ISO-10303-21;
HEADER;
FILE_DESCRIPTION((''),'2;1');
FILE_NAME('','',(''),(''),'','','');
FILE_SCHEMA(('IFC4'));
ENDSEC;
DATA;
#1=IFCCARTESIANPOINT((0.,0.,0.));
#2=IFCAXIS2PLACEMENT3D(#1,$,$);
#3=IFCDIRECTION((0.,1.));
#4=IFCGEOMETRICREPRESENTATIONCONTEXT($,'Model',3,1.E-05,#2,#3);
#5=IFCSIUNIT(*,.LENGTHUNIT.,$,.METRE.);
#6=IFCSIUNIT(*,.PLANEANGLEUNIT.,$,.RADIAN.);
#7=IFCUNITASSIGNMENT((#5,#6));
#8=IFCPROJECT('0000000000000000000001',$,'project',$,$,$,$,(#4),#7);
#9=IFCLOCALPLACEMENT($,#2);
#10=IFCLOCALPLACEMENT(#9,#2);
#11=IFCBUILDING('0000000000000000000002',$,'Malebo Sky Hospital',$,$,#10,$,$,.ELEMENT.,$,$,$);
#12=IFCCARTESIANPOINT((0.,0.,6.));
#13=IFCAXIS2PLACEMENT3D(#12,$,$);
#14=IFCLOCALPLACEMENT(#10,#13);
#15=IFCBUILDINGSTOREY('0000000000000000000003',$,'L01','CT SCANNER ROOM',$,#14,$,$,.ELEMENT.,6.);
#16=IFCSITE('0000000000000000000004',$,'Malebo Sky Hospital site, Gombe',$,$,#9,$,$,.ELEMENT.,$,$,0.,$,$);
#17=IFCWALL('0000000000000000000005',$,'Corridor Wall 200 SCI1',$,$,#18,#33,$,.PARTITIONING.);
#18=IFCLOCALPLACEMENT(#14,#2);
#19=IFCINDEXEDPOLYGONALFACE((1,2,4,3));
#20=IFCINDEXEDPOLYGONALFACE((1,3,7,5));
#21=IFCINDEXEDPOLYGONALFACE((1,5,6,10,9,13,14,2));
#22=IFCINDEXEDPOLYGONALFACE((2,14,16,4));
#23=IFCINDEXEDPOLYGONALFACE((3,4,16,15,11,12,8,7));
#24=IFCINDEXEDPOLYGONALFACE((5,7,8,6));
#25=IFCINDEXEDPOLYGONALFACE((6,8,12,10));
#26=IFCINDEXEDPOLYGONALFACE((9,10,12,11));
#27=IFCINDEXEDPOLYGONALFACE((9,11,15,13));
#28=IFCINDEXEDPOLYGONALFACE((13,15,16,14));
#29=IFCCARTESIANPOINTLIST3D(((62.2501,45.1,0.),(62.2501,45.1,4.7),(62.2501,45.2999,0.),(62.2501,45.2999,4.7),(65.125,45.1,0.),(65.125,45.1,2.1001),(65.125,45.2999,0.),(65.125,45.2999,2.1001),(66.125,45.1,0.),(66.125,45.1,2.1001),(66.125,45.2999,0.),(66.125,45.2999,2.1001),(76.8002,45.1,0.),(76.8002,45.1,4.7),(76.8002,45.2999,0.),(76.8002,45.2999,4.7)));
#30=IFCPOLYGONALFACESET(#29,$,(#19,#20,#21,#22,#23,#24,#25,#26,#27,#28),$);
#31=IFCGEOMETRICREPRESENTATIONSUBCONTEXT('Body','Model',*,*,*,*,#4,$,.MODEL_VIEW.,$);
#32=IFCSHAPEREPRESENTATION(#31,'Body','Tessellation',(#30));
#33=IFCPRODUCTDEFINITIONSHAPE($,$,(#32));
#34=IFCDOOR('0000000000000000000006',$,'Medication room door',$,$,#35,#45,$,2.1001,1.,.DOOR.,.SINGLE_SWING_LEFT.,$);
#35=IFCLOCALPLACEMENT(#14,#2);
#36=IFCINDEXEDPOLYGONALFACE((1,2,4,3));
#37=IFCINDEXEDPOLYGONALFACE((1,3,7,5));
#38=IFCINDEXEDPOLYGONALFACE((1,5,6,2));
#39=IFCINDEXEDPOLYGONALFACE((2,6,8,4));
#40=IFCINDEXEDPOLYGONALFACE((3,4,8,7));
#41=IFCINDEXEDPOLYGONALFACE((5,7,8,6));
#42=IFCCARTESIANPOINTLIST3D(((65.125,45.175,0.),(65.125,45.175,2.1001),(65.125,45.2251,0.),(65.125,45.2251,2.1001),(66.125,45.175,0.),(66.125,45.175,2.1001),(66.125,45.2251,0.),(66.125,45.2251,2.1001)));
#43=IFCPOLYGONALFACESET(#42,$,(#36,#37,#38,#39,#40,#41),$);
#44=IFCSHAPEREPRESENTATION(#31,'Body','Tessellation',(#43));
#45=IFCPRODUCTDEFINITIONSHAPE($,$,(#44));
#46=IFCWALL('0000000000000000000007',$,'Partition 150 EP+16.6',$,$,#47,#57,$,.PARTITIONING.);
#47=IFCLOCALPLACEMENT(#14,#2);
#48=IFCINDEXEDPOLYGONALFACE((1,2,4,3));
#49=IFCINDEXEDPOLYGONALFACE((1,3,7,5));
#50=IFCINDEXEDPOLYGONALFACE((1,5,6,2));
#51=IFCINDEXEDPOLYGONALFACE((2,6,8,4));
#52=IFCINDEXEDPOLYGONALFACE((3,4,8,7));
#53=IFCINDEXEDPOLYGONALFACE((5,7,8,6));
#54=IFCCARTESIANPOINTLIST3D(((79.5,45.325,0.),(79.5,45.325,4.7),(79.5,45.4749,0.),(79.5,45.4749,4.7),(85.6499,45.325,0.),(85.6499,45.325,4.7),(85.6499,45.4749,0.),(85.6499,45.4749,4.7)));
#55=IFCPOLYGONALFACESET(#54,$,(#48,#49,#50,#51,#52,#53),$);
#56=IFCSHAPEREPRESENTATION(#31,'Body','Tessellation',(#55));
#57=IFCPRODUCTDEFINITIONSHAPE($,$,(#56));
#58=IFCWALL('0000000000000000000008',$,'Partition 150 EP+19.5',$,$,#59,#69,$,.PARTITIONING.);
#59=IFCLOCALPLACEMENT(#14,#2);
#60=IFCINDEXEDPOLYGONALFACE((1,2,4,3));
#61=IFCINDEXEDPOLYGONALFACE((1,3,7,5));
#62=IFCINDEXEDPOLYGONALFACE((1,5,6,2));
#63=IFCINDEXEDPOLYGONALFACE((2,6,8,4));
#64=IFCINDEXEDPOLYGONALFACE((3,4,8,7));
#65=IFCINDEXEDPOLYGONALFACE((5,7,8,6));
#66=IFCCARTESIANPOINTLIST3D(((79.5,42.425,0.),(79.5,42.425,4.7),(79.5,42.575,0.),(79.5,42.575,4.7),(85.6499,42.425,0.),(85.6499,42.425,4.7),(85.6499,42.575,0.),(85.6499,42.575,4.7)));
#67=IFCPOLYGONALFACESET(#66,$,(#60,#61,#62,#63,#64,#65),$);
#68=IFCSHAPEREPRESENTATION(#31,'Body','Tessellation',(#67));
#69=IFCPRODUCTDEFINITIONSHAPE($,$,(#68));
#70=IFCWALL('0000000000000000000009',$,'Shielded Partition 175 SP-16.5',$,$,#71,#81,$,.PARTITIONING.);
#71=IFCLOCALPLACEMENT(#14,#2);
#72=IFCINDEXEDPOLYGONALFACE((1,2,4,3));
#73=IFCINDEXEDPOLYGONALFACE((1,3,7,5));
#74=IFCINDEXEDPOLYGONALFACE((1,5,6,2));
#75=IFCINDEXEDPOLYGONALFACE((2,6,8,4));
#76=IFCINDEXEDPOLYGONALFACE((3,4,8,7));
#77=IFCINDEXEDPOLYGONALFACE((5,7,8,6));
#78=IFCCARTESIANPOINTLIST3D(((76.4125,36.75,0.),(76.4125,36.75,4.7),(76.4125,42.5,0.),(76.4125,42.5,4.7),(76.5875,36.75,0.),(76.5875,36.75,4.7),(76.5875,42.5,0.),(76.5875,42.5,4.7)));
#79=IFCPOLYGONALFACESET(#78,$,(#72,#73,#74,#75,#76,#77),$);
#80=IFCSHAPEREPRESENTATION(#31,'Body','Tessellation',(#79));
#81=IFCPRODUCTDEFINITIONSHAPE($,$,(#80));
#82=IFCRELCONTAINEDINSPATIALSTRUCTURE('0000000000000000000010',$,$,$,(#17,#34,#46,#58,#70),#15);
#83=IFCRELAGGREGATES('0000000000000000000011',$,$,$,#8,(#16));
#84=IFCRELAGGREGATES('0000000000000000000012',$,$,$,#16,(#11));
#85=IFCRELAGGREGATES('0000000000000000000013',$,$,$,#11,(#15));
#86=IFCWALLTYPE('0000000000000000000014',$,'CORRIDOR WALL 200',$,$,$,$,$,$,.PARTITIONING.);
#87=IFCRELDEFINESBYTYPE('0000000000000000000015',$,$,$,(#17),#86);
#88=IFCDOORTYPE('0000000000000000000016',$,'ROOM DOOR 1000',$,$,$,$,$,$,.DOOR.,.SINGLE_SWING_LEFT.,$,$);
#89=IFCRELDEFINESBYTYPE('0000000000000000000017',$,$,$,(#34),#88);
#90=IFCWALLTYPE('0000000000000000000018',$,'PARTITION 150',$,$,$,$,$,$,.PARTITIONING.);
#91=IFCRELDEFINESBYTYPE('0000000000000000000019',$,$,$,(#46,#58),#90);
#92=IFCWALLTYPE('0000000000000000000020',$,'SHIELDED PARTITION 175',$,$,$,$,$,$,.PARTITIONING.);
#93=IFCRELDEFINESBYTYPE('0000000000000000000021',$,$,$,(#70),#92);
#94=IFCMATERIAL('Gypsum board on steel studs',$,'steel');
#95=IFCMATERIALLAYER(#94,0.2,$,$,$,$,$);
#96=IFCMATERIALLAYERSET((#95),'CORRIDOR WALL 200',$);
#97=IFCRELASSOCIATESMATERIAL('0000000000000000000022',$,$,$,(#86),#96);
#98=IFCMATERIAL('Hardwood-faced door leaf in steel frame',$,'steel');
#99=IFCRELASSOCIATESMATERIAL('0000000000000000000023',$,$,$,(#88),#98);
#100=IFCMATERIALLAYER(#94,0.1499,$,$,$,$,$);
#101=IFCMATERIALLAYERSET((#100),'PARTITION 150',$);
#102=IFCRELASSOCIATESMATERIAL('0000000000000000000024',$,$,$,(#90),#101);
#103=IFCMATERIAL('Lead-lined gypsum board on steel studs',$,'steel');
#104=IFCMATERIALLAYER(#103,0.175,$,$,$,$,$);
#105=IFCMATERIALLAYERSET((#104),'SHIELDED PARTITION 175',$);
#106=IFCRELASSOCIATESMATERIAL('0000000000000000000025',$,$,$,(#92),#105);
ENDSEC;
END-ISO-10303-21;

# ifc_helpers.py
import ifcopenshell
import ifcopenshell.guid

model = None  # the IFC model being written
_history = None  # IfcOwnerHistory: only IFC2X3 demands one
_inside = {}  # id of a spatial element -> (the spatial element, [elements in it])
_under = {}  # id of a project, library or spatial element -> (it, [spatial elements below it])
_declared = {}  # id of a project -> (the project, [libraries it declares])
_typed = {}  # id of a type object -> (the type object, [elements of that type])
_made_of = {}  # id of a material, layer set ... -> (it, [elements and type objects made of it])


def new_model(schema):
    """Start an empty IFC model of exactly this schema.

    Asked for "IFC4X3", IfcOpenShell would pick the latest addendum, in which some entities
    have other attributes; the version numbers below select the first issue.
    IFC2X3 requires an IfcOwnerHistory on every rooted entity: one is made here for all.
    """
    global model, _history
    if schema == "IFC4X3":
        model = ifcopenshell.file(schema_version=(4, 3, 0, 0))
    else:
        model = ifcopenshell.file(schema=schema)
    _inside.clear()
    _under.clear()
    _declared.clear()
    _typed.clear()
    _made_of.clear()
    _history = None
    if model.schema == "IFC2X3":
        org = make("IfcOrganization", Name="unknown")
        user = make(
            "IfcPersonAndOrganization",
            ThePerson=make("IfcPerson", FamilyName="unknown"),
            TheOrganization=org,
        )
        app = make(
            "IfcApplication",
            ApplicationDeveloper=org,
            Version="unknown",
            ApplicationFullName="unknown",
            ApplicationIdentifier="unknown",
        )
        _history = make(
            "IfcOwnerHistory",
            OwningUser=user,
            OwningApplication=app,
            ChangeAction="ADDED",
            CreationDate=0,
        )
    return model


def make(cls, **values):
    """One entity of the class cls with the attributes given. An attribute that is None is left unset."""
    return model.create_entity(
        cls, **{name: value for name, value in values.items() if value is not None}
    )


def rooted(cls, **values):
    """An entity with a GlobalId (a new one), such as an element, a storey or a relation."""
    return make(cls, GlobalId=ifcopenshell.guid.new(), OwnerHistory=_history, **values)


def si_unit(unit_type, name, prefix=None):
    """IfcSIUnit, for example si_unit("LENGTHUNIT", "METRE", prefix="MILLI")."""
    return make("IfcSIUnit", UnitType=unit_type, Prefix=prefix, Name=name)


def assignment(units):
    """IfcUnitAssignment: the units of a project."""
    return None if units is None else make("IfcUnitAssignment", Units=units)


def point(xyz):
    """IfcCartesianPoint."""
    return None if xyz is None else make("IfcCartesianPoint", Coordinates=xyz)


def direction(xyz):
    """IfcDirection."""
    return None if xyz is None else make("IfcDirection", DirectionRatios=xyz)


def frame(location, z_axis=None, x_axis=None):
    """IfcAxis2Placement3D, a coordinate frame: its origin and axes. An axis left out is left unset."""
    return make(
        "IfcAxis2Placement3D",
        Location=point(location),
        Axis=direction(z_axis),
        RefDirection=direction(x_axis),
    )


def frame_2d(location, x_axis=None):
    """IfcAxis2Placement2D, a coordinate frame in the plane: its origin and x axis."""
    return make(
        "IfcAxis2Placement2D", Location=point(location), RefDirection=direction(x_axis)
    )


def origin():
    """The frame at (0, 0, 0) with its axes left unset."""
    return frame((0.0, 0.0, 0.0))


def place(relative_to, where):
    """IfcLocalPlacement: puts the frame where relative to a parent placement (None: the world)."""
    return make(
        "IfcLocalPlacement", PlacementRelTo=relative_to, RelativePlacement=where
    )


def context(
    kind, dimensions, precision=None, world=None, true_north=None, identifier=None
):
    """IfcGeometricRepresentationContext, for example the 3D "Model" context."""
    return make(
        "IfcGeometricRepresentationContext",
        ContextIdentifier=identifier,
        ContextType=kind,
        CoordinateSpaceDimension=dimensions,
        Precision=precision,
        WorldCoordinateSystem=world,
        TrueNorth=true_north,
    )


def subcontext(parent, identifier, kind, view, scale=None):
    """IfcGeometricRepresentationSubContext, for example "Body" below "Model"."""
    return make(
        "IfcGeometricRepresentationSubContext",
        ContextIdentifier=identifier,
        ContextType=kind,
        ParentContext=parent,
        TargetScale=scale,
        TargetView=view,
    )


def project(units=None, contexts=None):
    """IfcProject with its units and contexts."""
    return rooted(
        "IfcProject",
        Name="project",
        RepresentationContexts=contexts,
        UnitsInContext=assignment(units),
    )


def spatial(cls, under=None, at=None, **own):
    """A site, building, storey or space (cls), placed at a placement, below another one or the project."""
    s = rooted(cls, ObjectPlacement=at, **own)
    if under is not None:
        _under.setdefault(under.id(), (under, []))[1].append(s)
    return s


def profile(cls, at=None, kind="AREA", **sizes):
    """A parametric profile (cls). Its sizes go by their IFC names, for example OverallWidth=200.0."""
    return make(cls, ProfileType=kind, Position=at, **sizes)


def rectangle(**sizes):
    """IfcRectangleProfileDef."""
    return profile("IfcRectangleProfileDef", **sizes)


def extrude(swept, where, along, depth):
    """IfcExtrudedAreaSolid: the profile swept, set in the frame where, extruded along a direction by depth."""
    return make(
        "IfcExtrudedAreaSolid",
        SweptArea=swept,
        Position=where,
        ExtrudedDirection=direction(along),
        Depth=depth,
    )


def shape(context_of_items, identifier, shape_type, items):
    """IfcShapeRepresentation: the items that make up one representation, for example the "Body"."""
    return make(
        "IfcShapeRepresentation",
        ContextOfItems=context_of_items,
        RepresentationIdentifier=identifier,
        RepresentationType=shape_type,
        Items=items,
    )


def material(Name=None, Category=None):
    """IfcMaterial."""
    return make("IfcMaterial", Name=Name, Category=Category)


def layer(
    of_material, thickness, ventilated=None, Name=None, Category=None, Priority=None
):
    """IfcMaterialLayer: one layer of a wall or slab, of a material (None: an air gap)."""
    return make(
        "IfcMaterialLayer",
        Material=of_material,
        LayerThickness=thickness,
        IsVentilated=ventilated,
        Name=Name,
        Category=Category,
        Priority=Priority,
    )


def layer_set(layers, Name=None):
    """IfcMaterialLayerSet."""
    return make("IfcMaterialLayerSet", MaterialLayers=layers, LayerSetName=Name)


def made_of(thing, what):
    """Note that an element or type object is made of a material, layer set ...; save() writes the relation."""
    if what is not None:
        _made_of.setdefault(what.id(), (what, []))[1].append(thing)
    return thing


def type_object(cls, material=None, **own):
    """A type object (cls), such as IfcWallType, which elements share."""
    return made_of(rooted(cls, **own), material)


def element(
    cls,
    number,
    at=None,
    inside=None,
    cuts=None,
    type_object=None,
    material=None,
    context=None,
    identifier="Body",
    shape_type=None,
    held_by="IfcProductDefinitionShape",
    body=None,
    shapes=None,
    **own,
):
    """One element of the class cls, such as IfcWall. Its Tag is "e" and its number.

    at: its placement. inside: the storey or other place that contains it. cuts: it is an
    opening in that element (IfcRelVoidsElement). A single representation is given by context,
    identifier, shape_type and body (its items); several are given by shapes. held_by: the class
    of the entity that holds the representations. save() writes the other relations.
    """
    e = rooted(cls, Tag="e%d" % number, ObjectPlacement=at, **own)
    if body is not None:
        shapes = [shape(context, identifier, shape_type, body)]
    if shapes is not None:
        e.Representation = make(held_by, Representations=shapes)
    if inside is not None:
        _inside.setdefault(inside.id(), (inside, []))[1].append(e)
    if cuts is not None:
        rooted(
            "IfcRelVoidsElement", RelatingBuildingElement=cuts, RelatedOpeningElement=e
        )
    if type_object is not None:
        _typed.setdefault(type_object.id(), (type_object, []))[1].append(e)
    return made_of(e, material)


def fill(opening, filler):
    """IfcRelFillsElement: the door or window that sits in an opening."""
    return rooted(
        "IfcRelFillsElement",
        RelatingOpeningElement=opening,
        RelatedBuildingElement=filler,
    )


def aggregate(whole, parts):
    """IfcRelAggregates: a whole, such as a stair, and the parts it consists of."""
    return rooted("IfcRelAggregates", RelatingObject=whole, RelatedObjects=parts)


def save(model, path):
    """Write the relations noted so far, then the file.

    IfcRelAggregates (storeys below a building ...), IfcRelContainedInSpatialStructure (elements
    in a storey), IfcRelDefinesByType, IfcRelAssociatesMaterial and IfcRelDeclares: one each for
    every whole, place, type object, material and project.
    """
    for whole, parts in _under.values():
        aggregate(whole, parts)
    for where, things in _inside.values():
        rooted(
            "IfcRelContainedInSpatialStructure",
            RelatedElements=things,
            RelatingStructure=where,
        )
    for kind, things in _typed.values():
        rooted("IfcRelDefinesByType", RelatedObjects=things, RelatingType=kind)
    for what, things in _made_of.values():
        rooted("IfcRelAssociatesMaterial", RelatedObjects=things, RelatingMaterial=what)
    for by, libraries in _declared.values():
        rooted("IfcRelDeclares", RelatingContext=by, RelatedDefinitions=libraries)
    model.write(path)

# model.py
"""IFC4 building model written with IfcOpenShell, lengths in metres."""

from ifc_helpers import new_model, si_unit, direction, frame, frame_2d, origin, place, context, subcontext, project, spatial, rectangle, extrude, material, layer, layer_set, type_object, element, fill, save


model = new_model("IFC4")

# Units and contexts
model_context = context("Model", 3, precision=1e-05, world=origin(), true_north=direction((0.0, 1.0)))
body_context = subcontext(model_context, "Body", "Model", "MODEL_VIEW")
ifc_project = project(units=[si_unit("LENGTHUNIT", "METRE"), si_unit("PLANEANGLEUNIT", "RADIAN")], contexts=[model_context])

# Site, building, storey
site_placement = place(None, origin())
site = spatial("IfcSite", under=ifc_project, at=site_placement, Name="Malebo Sky Hospital site, Gombe", CompositionType="ELEMENT", RefElevation=0.0)
building_placement = place(site_placement, origin())
building = spatial("IfcBuilding", under=site, at=building_placement, Name="Malebo Sky Hospital", CompositionType="ELEMENT")
storey_placement = place(building_placement, frame((0.0, 0.0, 6.0)))
storey = spatial("IfcBuildingStorey", under=building, at=storey_placement, Name="L01", Description="CT SCANNER ROOM", CompositionType="ELEMENT", Elevation=6.0)

# Shared definitions
ifc_material_1 = material(Name="Gypsum board on steel studs", Category="steel")
ifc_layer_1 = layer(ifc_material_1, 0.2)
ifc_layer_set_1 = layer_set([ifc_layer_1], Name="CORRIDOR WALL 200")
wall_type_1 = type_object("IfcWallType", Name="CORRIDOR WALL 200", PredefinedType="PARTITIONING", material=ifc_layer_set_1)
ifc_material_2 = material(Name="Hardwood-faced door leaf in steel frame", Category="steel")
door_type_1 = type_object("IfcDoorType", Name="ROOM DOOR 1000", OperationType="SINGLE_SWING_LEFT", PredefinedType="DOOR", material=ifc_material_2)

# Wall, opening, door
wall_1_placement = place(storey_placement, frame((76.8, 45.2, 0.0), z_axis=(0.0, 0.0, 1.0), x_axis=(-1.0, 0.0, 0.0)))
wall_1 = element("IfcWall", 1, at=wall_1_placement, inside=storey, type_object=wall_type_1, Name="Corridor Wall 200 SCI1", PredefinedType="PARTITIONING", context=body_context, shape_type="SweptSolid", body=[
    extrude(rectangle(XDim=14.55, YDim=0.2, at=frame_2d((7.2749, 0.0))), origin(), (0.0, 0.0, 1.0), 4.7),
])
opening_1_placement = place(wall_1_placement, frame((10.675, 0.0, 0.0)))
opening_1 = element("IfcOpeningElement", 2, at=opening_1_placement, cuts=wall_1, PredefinedType="OPENING", context=body_context, shape_type="SweptSolid", body=[
    extrude(rectangle(XDim=1.0, YDim=2.1001, at=frame_2d((0.5, 1.05))), frame((0.0, 0.1099, 0.0), z_axis=(0.0, -1.0, 0.0), x_axis=(1.0, 0.0, 0.0)), (0.0, 0.0, 1.0), 0.22),
])
door_1_placement = place(opening_1_placement, origin())
door_1 = element("IfcDoor", 3, at=door_1_placement, inside=storey, type_object=door_type_1, Name="Medication room door", OperationType="SINGLE_SWING_LEFT", OverallHeight=2.1001, OverallWidth=1.0, PredefinedType="DOOR", context=body_context, shape_type="SweptSolid", body=[
    extrude(rectangle(XDim=1.0, YDim=2.1001, at=frame_2d((0.5, 1.05))), frame((0.0, 0.0249, 0.0), z_axis=(0.0, -1.0, 0.0), x_axis=(1.0, 0.0, 0.0)), (0.0, 0.0, 1.0), 0.05),
])
fill(opening_1, door_1)

# Walls
ifc_layer_2 = layer(ifc_material_1, 0.1499)
ifc_layer_set_2 = layer_set([ifc_layer_2], Name="PARTITION 150")
wall_type_2 = type_object("IfcWallType", Name="PARTITION 150", PredefinedType="PARTITIONING", material=ifc_layer_set_2)
for number, where, z_axis, x_axis, name in (
    (4, (79.5, 45.3999, 0.0), (0.0, 0.0, 1.0), (1.0, 0.0, 0.0), "Partition 150 EP+16.6"),
    (5, (79.5, 42.5, 0.0), (0.0, 0.0, 1.0), (1.0, 0.0, 0.0), "Partition 150 EP+19.5"),
):
    element("IfcWall", number, at=place(storey_placement, frame(where, z_axis=z_axis, x_axis=x_axis)), inside=storey, type_object=wall_type_2, Name=name, PredefinedType="PARTITIONING", context=body_context, shape_type="SweptSolid", body=[
        extrude(rectangle(XDim=6.1499, YDim=0.1499, at=frame_2d((3.075, 0.0))), origin(), (0.0, 0.0, 1.0), 4.7),
    ])
ifc_material_3 = material(Name="Lead-lined gypsum board on steel studs", Category="steel")
ifc_layer_3 = layer(ifc_material_3, 0.175)
ifc_layer_set_3 = layer_set([ifc_layer_3], Name="SHIELDED PARTITION 175")
wall_type_3 = type_object("IfcWallType", Name="SHIELDED PARTITION 175", PredefinedType="PARTITIONING", material=ifc_layer_set_3)
wall_2_placement = place(storey_placement, frame((76.5, 42.5, 0.0), z_axis=(0.0, 0.0, 1.0), x_axis=(0.0, -1.0, 0.0)))
element("IfcWall", 6, at=wall_2_placement, inside=storey, type_object=wall_type_3, Name="Shielded Partition 175 SP-16.5", PredefinedType="PARTITIONING", context=body_context, shape_type="SweptSolid", body=[
    extrude(rectangle(XDim=5.75, YDim=0.175, at=frame_2d((2.875, 0.0))), origin(), (0.0, 0.0, 1.0), 4.7),
])

save(model, "model.ifc")
